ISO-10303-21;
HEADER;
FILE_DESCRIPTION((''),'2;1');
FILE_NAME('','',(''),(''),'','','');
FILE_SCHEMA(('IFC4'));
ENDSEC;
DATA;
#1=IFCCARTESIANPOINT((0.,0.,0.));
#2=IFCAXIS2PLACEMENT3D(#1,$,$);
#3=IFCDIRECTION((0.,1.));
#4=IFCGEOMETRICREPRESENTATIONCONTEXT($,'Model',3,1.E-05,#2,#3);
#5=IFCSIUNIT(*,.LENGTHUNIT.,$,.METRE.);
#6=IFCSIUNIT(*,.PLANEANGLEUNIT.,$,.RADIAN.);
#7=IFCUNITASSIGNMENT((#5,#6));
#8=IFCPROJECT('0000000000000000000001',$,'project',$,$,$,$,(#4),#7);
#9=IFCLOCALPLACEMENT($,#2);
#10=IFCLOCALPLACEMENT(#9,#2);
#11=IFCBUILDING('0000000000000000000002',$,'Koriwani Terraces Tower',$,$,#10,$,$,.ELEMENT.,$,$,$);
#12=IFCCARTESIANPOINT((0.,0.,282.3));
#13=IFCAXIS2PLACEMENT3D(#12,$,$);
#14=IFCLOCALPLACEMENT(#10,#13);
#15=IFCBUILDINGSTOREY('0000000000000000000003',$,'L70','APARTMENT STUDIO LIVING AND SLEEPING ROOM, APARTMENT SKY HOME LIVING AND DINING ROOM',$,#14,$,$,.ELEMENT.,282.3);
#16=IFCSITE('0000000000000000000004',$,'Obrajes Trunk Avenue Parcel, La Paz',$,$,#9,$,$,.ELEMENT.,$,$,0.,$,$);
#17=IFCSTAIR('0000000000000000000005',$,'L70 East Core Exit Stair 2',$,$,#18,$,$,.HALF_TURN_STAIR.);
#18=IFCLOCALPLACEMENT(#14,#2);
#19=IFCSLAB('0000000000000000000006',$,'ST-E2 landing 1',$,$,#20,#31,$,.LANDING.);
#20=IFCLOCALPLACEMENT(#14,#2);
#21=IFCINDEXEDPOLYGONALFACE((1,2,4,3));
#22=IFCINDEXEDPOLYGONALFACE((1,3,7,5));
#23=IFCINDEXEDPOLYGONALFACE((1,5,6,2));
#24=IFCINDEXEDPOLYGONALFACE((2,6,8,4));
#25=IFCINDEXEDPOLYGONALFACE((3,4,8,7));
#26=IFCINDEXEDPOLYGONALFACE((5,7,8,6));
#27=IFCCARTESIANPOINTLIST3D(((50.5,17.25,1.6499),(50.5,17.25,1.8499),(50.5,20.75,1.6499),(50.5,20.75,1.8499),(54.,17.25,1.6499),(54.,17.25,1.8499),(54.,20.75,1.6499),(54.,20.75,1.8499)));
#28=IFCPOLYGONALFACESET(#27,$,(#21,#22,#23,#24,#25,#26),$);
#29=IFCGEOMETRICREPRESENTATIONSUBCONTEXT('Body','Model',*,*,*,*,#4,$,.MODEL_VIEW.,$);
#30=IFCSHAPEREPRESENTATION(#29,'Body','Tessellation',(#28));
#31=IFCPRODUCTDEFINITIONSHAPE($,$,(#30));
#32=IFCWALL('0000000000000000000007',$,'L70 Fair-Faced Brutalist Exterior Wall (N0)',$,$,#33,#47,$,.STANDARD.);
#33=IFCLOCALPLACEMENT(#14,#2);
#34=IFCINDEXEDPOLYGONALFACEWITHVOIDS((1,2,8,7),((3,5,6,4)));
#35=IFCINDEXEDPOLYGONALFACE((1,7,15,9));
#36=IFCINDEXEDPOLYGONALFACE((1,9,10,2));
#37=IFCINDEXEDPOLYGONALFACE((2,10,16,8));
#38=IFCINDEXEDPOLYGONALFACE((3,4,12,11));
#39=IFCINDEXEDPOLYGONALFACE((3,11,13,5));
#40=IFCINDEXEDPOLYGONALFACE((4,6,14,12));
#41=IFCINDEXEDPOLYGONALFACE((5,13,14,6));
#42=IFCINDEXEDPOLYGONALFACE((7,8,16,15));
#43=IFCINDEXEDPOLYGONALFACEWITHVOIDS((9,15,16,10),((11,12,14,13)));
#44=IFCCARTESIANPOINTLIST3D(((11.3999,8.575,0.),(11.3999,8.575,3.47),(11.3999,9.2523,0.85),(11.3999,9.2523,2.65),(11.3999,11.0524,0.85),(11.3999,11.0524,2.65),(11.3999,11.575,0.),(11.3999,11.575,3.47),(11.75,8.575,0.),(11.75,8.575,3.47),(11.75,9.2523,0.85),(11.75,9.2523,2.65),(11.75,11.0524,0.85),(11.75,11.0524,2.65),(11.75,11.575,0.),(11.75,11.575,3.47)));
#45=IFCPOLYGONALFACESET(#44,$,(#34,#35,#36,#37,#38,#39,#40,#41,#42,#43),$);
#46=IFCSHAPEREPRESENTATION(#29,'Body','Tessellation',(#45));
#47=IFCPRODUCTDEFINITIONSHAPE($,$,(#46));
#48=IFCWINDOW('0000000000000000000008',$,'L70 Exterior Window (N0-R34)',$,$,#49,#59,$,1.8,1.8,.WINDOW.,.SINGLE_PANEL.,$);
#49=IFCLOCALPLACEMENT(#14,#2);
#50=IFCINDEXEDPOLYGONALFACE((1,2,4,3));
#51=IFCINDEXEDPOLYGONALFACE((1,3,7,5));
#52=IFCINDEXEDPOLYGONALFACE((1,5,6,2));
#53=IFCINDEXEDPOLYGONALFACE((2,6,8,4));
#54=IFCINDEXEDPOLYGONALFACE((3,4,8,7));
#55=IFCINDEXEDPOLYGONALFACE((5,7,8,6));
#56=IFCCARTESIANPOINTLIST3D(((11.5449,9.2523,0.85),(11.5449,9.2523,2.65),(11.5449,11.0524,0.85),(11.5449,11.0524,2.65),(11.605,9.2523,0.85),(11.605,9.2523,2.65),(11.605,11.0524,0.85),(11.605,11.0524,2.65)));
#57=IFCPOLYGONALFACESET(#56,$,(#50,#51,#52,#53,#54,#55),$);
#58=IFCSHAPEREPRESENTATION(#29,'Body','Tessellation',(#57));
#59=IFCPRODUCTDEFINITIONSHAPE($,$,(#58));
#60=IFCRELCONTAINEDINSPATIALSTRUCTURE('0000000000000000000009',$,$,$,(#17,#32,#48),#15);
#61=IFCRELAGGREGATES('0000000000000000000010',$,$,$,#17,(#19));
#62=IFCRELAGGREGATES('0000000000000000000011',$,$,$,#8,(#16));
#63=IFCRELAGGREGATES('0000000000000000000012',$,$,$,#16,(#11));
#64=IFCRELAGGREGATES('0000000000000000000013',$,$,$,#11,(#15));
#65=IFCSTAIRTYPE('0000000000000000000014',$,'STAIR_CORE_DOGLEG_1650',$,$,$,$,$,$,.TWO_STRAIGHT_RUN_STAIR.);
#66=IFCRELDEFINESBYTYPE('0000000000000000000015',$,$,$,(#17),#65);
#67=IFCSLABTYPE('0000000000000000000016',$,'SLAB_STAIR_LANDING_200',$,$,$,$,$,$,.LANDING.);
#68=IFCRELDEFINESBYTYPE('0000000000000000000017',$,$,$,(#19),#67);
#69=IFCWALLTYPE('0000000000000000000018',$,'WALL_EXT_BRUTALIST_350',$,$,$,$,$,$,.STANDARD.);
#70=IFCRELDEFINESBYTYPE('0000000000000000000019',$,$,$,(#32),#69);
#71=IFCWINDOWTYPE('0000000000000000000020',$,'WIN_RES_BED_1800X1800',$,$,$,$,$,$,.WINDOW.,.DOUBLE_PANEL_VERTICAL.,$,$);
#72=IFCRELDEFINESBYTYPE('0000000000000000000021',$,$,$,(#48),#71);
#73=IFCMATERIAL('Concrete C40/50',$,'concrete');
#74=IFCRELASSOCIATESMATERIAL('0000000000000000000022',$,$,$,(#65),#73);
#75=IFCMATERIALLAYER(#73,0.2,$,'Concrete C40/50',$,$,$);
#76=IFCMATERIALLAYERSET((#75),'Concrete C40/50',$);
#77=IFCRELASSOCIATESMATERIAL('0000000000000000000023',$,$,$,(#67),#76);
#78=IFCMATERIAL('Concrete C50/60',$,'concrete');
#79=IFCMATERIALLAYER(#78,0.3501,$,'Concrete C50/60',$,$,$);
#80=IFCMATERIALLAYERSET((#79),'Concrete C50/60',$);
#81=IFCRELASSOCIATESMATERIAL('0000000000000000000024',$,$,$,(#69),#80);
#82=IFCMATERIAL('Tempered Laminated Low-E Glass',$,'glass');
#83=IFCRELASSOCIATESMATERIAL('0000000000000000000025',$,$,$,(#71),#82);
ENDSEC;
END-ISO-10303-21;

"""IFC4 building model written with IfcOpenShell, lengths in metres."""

from ifc_helpers import new_model, si_unit, direction, frame, frame_2d, origin, place, context, subcontext, project, spatial, polyline, rectangle, outline, extrude, material, layer, layer_set, type_object, element, fill, aggregate, save


model = new_model("IFC4")

# Units and contexts
model_context = context("Model", 3, precision=1e-05, world=origin(), true_north=direction((0.0, 1.0)))
body_context = subcontext(model_context, "Body", "Model", "MODEL_VIEW")
ifc_project = project(units=[si_unit("LENGTHUNIT", "METRE"), si_unit("PLANEANGLEUNIT", "RADIAN")], contexts=[model_context])

# Site, building, storey
site_placement = place(None, origin())
site = spatial("IfcSite", under=ifc_project, at=site_placement, Name="Obrajes Trunk Avenue Parcel, La Paz", CompositionType="ELEMENT", RefElevation=0.0)
building_placement = place(site_placement, origin())
building = spatial("IfcBuilding", under=site, at=building_placement, Name="Koriwani Terraces Tower", CompositionType="ELEMENT")
storey_placement = place(building_placement, frame((0.0, 0.0, 282.3)))
storey = spatial("IfcBuildingStorey", under=building, at=storey_placement, Name="L70", Description="APARTMENT STUDIO LIVING AND SLEEPING ROOM, APARTMENT SKY HOME LIVING AND DINING ROOM", CompositionType="ELEMENT", Elevation=282.3)

# Shared definitions
ifc_material_1 = material(Name="Concrete C40/50", Category="concrete")

# Stair, slab
stair_type = type_object("IfcStairType", Name="STAIR_CORE_DOGLEG_1650", PredefinedType="TWO_STRAIGHT_RUN_STAIR", material=ifc_material_1)
ifc_layer_1 = layer(ifc_material_1, 0.2, Name="Concrete C40/50")
ifc_layer_set_1 = layer_set([ifc_layer_1], Name="Concrete C40/50")
slab_type_1 = type_object("IfcSlabType", Name="SLAB_STAIR_LANDING_200", PredefinedType="LANDING", material=ifc_layer_set_1)
stair_1_placement = place(storey_placement, origin())
stair_1 = element("IfcStair", 1, at=stair_1_placement, inside=storey, type_object=stair_type, Name="L70 East Core Exit Stair 2", PredefinedType="HALF_TURN_STAIR")
slab_1_placement = place(storey_placement, frame((0.0, 0.0, 1.6499)))
slab_1 = element("IfcSlab", 2, at=slab_1_placement, type_object=slab_type_1, Name="ST-E2 landing 1", PredefinedType="LANDING", context=body_context, shape_type="SweptSolid", body=[
    extrude(outline(polyline([(54.0, 20.75), (50.5, 20.75), (50.5, 17.25), (54.0, 17.25), (54.0, 20.75)])), origin(), (0.0, 0.0, 1.0), 0.2),
])
aggregate(stair_1, [slab_1])

# Wall, opening, window
ifc_material_2 = material(Name="Concrete C50/60", Category="concrete")
ifc_layer_2 = layer(ifc_material_2, 0.3501, Name="Concrete C50/60")
ifc_layer_set_2 = layer_set([ifc_layer_2], Name="Concrete C50/60")
wall_type = type_object("IfcWallType", Name="WALL_EXT_BRUTALIST_350", PredefinedType="STANDARD", material=ifc_layer_set_2)
wall_placement = place(storey_placement, frame((11.575, 8.575, 0.0), z_axis=(0.0, 0.0, 1.0), x_axis=(0.0, 1.0, 0.0)))
wall = element("IfcWall", 3, at=wall_placement, inside=storey, type_object=wall_type, Name="L70 Fair-Faced Brutalist Exterior Wall (N0)", PredefinedType="STANDARD", context=body_context, shape_type="SweptSolid", body=[
    extrude(rectangle(XDim=3.0, YDim=0.3501, at=frame_2d((1.5, 0.0))), origin(), (0.0, 0.0, 1.0), 3.47),
])
opening_placement = place(wall_placement, frame((0.6775, 0.0, 0.8501)))
opening = element("IfcOpeningElement", 4, at=opening_placement, cuts=wall, PredefinedType="OPENING", context=body_context, shape_type="SweptSolid", body=[
    extrude(rectangle(XDim=1.8, YDim=1.8, at=frame_2d((0.8999, 0.8999))), frame((0.0, 0.1851, 0.0), z_axis=(0.0, -1.0, 0.0), x_axis=(1.0, 0.0, 0.0)), (0.0, 0.0, 1.0), 0.3701),
])
ifc_material_3 = material(Name="Tempered Laminated Low-E Glass", Category="glass")
window_type = type_object("IfcWindowType", Name="WIN_RES_BED_1800X1800", PartitioningType="DOUBLE_PANEL_VERTICAL", PredefinedType="WINDOW", material=ifc_material_3)
window_placement = place(opening_placement, origin())
window = element("IfcWindow", 5, at=window_placement, inside=storey, type_object=window_type, Name="L70 Exterior Window (N0-R34)", OverallHeight=1.8, OverallWidth=1.8, PartitioningType="SINGLE_PANEL", PredefinedType="WINDOW", context=body_context, shape_type="SweptSolid", body=[
    extrude(rectangle(XDim=1.8, YDim=1.8, at=frame_2d((0.8999, 0.8999))), frame((0.0, 0.03, 0.0), z_axis=(0.0, -1.0, 0.0), x_axis=(1.0, 0.0, 0.0)), (0.0, 0.0, 1.0), 0.0601),
])
fill(opening, window)

save(model, "model.ifc")
